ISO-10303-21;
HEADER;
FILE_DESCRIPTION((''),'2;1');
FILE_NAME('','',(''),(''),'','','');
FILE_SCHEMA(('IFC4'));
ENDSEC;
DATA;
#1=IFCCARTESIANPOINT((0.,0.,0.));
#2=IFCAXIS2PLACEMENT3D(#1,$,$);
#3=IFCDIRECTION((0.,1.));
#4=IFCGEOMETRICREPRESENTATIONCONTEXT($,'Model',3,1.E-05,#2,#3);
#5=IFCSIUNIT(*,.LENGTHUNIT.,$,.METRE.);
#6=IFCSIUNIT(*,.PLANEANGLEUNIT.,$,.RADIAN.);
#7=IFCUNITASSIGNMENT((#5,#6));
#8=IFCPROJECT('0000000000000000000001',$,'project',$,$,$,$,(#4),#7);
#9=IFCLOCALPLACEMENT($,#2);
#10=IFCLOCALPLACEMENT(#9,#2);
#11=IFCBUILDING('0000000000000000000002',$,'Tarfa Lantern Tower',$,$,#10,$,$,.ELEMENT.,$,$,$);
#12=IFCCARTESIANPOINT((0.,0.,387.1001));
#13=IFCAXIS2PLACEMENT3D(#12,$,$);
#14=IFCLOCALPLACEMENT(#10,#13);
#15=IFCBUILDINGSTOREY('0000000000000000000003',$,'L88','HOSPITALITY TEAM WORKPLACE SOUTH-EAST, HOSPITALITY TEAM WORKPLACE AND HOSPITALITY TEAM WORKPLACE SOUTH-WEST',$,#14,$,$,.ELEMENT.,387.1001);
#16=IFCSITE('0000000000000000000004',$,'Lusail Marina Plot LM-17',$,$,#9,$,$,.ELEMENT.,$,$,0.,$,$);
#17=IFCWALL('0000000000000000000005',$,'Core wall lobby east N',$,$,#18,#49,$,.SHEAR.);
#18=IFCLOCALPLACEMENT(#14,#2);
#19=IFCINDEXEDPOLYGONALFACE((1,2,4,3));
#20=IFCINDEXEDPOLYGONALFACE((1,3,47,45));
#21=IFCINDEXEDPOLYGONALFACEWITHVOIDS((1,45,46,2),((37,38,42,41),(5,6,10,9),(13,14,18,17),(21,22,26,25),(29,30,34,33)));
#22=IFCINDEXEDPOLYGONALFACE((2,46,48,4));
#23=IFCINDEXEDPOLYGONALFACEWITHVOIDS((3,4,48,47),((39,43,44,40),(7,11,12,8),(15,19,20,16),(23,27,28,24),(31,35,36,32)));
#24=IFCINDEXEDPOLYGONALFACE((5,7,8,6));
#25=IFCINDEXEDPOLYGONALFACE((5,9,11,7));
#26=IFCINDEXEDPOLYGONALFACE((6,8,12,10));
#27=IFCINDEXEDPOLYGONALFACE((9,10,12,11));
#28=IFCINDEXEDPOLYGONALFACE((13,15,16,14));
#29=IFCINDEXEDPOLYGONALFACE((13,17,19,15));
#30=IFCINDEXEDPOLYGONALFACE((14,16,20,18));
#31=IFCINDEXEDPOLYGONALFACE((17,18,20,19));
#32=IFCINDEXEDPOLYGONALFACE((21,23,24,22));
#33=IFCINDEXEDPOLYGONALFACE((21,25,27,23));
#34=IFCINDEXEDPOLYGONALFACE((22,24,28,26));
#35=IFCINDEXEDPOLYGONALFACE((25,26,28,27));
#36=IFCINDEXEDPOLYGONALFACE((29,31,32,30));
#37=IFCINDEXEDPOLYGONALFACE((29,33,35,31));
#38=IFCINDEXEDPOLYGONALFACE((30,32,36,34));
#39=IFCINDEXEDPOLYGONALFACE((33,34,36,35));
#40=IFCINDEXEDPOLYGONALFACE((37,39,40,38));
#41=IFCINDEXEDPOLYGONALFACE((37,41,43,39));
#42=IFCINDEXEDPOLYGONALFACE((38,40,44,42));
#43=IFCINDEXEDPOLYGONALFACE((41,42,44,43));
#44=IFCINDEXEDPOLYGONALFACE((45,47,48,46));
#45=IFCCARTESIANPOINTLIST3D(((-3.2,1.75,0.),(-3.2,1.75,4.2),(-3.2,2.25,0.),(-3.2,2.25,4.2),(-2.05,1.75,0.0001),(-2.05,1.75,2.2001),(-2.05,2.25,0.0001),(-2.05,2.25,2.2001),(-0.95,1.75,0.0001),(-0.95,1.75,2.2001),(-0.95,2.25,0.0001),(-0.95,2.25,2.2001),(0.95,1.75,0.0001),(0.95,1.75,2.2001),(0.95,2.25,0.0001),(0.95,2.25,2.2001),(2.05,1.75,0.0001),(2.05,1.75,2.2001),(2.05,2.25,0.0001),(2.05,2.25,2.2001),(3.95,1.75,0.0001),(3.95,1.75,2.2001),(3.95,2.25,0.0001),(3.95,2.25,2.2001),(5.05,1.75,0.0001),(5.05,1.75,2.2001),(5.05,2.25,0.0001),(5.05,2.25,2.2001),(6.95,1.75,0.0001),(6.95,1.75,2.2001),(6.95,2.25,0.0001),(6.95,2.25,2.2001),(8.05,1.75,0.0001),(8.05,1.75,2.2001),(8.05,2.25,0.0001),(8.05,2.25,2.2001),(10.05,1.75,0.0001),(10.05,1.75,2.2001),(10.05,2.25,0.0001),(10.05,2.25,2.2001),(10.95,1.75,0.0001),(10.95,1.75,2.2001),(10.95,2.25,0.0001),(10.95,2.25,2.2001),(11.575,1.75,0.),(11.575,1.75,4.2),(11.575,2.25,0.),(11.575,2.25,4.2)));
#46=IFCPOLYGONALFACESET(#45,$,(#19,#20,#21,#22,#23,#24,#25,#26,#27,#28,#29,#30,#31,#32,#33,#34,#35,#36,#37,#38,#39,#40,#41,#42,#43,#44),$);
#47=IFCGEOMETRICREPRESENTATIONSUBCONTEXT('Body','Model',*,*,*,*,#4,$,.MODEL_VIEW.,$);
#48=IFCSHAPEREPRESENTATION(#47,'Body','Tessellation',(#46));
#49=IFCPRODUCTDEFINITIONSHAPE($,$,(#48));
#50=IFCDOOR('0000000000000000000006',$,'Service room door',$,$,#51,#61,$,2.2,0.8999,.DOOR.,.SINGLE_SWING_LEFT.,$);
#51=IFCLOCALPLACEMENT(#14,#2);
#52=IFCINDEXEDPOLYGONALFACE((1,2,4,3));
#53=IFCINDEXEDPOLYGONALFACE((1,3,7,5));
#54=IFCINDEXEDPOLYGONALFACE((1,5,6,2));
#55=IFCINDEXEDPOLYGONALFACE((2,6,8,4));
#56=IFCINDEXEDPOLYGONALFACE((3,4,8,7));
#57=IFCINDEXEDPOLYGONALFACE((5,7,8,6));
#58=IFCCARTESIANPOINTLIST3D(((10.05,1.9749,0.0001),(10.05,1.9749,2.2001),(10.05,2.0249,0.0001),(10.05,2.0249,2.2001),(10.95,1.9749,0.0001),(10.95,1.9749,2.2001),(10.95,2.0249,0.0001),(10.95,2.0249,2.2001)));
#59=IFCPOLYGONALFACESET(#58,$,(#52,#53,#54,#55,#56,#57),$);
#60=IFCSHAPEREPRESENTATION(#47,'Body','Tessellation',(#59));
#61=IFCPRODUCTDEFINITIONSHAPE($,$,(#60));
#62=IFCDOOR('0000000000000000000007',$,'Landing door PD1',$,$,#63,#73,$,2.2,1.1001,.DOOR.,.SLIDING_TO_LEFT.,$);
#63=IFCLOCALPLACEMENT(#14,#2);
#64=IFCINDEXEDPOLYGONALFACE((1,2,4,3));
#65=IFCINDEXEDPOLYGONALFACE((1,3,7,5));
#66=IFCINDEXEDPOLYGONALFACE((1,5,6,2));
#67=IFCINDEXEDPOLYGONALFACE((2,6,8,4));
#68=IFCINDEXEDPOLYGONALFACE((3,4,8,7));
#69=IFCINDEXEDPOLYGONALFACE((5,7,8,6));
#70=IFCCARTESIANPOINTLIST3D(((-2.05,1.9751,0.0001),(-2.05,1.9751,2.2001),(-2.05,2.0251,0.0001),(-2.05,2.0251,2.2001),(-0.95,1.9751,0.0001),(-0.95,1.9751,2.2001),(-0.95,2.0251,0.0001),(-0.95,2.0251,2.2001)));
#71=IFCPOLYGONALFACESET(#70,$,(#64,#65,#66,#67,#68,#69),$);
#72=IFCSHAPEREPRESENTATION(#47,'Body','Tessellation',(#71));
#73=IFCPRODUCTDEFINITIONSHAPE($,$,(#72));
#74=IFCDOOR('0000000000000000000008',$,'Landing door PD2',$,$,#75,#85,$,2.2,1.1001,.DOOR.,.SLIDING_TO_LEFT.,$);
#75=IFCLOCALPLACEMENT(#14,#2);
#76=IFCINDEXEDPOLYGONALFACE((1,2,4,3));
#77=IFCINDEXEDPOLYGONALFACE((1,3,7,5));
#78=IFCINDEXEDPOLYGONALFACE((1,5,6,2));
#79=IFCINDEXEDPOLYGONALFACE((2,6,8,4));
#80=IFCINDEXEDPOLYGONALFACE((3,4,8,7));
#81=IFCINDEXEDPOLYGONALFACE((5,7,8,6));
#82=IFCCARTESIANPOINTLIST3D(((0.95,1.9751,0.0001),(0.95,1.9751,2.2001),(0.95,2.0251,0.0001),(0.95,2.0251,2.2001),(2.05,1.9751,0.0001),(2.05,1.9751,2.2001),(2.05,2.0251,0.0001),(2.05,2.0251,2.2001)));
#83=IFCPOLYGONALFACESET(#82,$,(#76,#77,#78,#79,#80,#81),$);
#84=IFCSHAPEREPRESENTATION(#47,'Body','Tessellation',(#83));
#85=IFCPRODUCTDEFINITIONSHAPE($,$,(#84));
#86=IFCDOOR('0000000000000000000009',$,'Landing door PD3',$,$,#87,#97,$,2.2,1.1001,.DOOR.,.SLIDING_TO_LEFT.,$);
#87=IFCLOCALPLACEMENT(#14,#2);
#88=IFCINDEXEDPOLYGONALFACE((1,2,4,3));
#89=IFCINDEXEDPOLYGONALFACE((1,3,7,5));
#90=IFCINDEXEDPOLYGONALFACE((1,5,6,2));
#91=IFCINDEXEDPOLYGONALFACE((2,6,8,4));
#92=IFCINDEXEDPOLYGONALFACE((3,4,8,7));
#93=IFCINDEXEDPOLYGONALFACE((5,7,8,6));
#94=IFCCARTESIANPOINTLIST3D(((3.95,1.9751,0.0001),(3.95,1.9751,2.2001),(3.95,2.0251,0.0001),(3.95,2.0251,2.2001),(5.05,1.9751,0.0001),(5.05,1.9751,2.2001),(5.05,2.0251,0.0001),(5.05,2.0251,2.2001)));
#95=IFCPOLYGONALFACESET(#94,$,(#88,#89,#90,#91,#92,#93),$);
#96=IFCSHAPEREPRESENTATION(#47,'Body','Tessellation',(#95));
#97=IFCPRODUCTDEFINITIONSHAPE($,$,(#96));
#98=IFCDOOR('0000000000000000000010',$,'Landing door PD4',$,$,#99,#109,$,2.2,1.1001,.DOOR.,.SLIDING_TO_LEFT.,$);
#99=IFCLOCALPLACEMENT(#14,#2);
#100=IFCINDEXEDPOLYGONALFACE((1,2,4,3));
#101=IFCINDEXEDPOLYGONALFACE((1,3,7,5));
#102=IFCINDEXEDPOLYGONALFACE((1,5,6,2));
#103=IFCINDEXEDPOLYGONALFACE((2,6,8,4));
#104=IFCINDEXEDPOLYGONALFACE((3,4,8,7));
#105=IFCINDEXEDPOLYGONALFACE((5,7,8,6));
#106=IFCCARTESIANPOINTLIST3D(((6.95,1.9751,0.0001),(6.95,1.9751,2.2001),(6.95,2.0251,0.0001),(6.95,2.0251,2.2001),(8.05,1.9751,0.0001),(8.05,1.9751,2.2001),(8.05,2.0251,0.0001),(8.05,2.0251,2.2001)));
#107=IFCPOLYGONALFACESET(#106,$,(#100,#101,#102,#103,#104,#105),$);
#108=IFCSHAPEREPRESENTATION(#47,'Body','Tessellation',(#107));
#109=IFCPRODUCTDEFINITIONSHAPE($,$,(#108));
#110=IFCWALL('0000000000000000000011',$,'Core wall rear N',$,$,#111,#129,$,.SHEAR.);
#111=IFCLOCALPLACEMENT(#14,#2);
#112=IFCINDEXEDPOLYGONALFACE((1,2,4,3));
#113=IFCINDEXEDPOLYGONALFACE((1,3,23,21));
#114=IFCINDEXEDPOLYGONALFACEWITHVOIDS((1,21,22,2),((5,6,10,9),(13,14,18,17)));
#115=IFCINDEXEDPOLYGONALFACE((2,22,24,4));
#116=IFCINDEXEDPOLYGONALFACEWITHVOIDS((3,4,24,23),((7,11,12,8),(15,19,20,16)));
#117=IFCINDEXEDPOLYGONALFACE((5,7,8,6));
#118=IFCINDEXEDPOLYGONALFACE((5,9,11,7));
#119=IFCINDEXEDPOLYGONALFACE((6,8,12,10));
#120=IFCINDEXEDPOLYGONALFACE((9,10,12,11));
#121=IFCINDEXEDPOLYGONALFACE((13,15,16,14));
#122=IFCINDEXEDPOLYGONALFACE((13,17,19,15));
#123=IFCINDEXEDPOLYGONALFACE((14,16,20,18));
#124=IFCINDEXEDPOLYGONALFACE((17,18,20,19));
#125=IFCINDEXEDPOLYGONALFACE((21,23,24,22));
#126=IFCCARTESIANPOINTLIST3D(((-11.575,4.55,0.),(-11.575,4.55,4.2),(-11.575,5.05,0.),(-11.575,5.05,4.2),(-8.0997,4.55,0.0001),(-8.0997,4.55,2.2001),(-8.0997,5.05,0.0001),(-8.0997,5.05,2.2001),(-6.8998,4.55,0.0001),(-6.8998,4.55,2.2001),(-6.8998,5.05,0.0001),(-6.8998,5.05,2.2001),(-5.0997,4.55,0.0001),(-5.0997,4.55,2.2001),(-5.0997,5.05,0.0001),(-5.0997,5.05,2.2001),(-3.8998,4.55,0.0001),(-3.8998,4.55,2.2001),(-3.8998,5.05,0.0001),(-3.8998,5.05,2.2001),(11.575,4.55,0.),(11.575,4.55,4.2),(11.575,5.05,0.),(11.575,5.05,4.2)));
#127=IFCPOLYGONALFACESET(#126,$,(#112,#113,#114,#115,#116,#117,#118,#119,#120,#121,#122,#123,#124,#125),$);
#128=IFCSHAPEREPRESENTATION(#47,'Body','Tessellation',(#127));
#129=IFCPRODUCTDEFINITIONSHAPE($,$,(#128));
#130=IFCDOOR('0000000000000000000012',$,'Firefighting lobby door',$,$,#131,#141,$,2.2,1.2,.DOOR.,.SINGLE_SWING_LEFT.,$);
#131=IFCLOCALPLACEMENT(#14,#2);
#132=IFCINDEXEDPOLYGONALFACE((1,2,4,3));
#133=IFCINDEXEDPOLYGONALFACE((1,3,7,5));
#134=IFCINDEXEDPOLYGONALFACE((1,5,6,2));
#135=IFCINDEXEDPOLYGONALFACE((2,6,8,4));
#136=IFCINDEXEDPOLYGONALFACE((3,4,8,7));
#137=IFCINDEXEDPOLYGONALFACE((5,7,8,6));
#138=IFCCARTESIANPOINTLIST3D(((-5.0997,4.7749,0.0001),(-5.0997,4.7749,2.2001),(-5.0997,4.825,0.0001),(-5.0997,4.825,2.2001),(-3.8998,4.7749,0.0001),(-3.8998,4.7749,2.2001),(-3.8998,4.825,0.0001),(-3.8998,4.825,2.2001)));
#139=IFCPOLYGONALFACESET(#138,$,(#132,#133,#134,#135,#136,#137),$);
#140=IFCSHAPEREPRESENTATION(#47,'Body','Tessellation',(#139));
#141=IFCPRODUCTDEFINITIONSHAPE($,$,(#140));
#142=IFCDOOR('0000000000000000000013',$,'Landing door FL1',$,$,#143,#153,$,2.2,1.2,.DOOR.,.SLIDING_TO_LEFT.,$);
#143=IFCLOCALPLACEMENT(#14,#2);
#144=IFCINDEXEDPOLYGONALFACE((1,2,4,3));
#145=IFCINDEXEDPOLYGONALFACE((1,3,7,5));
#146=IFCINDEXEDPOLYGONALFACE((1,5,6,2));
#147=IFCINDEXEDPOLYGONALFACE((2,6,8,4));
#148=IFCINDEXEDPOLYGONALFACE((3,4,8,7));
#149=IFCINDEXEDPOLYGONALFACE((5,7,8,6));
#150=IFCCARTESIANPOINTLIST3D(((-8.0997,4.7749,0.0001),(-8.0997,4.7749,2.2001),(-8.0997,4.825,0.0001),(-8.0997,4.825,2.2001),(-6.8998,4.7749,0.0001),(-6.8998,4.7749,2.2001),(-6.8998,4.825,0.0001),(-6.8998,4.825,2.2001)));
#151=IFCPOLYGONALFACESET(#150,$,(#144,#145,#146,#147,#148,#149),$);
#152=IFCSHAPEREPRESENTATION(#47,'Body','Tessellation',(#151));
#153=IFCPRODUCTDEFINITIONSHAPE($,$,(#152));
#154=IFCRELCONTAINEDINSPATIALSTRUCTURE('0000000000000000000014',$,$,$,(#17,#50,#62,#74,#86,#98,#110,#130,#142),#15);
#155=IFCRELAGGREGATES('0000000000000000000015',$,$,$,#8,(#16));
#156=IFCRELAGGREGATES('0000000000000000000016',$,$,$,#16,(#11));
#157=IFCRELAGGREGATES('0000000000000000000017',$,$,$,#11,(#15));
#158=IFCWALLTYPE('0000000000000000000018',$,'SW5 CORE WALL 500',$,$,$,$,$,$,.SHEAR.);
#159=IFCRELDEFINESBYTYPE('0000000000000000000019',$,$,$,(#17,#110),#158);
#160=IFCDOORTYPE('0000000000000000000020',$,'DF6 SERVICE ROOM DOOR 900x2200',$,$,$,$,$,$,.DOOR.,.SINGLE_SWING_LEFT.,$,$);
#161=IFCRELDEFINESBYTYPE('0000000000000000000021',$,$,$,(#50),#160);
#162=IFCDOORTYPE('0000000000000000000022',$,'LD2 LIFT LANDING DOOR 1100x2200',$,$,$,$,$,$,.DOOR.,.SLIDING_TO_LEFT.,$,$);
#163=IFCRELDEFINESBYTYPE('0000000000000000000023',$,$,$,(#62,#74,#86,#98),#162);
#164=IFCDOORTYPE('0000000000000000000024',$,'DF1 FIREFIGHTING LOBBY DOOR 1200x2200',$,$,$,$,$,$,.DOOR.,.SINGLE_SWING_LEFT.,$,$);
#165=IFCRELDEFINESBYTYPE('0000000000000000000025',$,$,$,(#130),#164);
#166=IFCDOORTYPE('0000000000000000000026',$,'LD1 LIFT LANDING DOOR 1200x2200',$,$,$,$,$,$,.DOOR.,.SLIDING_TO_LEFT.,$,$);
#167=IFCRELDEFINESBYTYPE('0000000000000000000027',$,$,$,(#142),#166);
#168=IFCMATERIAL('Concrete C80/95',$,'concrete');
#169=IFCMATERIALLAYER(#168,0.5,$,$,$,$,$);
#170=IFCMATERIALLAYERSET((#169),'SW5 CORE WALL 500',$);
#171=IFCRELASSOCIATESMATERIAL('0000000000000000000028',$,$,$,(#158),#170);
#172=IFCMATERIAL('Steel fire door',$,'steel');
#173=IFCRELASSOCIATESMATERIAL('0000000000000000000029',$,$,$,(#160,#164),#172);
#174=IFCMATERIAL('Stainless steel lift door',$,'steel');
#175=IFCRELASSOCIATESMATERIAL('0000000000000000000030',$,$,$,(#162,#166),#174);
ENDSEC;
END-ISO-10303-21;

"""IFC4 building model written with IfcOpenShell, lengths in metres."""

from ifc_helpers import new_model, si_unit, direction, frame, frame_2d, origin, place, context, subcontext, project, spatial, rectangle, extrude, material, layer, layer_set, type_object, element, fill, save


model = new_model("IFC4")

# Units and contexts
model_context = context("Model", 3, precision=1e-05, world=origin(), true_north=direction((0.0, 1.0)))
body_context = subcontext(model_context, "Body", "Model", "MODEL_VIEW")
ifc_project = project(units=[si_unit("LENGTHUNIT", "METRE"), si_unit("PLANEANGLEUNIT", "RADIAN")], contexts=[model_context])

# Site, building, storey
site_placement = place(None, origin())
site = spatial("IfcSite", under=ifc_project, at=site_placement, Name="Lusail Marina Plot LM-17", CompositionType="ELEMENT", RefElevation=0.0)
building_placement = place(site_placement, origin())
building = spatial("IfcBuilding", under=site, at=building_placement, Name="Tarfa Lantern Tower", CompositionType="ELEMENT")
storey_placement = place(building_placement, frame((0.0, 0.0, 387.1001)))
storey = spatial("IfcBuildingStorey", under=building, at=storey_placement, Name="L88", Description="HOSPITALITY TEAM WORKPLACE SOUTH-EAST, HOSPITALITY TEAM WORKPLACE AND HOSPITALITY TEAM WORKPLACE SOUTH-WEST", CompositionType="ELEMENT", Elevation=387.1001)

# Shared definitions
ifc_material_1 = material(Name="Concrete C80/95", Category="concrete")

# Shared definitions
ifc_material_2 = material(Name="Steel fire door", Category="steel")
ifc_layer_1 = layer(ifc_material_1, 0.5)
ifc_layer_set_1 = layer_set([ifc_layer_1], Name="SW5 CORE WALL 500")
wall_type_1 = type_object("IfcWallType", Name="SW5 CORE WALL 500", PredefinedType="SHEAR", material=ifc_layer_set_1)
door_type_1 = type_object("IfcDoorType", Name="DF6 SERVICE ROOM DOOR 900x2200", OperationType="SINGLE_SWING_LEFT", PredefinedType="DOOR", material=ifc_material_2)

# Walls, openings, doors
wall_1_placement = place(storey_placement, frame((-3.2, 2.0, 0.0), z_axis=(0.0, 0.0, 1.0), x_axis=(1.0, 0.0, 0.0)))
wall_1 = element("IfcWall", 1, at=wall_1_placement, inside=storey, type_object=wall_type_1, Name="Core wall lobby east N", PredefinedType="SHEAR", context=body_context, shape_type="SweptSolid", body=[
    extrude(rectangle(XDim=14.7749, YDim=0.5, at=frame_2d((7.3875, 0.0))), origin(), (0.0, 0.0, 1.0), 4.2),
])
opening_1_placement = place(wall_1_placement, frame((13.25, 0.0, 0.0)))
opening_1 = element("IfcOpeningElement", 2, at=opening_1_placement, cuts=wall_1, PredefinedType="OPENING", context=body_context, shape_type="SweptSolid", body=[
    extrude(rectangle(XDim=0.8999, YDim=2.2, at=frame_2d((0.45, 1.1001))), frame((0.0, 0.26, 0.0), z_axis=(0.0, -1.0, 0.0), x_axis=(1.0, 0.0, 0.0)), (0.0, 0.0, 1.0), 0.52),
])
opening_2_placement = place(wall_1_placement, frame((1.1499, 0.0, 0.0)))
opening_2 = element("IfcOpeningElement", 3, at=opening_2_placement, cuts=wall_1, PredefinedType="OPENING", context=body_context, shape_type="SweptSolid", body=[
    extrude(rectangle(XDim=1.1001, YDim=2.2, at=frame_2d((0.55, 1.1001))), frame((0.0, 0.26, 0.0), z_axis=(0.0, -1.0, 0.0), x_axis=(1.0, 0.0, 0.0)), (0.0, 0.0, 1.0), 0.52),
])
opening_3_placement = place(wall_1_placement, frame((4.1499, 0.0, 0.0)))
opening_3 = element("IfcOpeningElement", 4, at=opening_3_placement, cuts=wall_1, PredefinedType="OPENING", context=body_context, shape_type="SweptSolid", body=[
    extrude(rectangle(XDim=1.1001, YDim=2.2, at=frame_2d((0.55, 1.1001))), frame((0.0, 0.26, 0.0), z_axis=(0.0, -1.0, 0.0), x_axis=(1.0, 0.0, 0.0)), (0.0, 0.0, 1.0), 0.52),
])
opening_4_placement = place(wall_1_placement, frame((7.1499, 0.0, 0.0)))
opening_4 = element("IfcOpeningElement", 5, at=opening_4_placement, cuts=wall_1, PredefinedType="OPENING", context=body_context, shape_type="SweptSolid", body=[
    extrude(rectangle(XDim=1.1001, YDim=2.2, at=frame_2d((0.55, 1.1001))), frame((0.0, 0.26, 0.0), z_axis=(0.0, -1.0, 0.0), x_axis=(1.0, 0.0, 0.0)), (0.0, 0.0, 1.0), 0.52),
])
opening_5_placement = place(wall_1_placement, frame((10.1499, 0.0, 0.0)))
opening_5 = element("IfcOpeningElement", 6, at=opening_5_placement, cuts=wall_1, PredefinedType="OPENING", context=body_context, shape_type="SweptSolid", body=[
    extrude(rectangle(XDim=1.1001, YDim=2.2, at=frame_2d((0.55, 1.1001))), frame((0.0, 0.26, 0.0), z_axis=(0.0, -1.0, 0.0), x_axis=(1.0, 0.0, 0.0)), (0.0, 0.0, 1.0), 0.52),
])
door_1_placement = place(opening_1_placement, origin())
door_1 = element("IfcDoor", 7, at=door_1_placement, inside=storey, type_object=door_type_1, Name="Service room door", OperationType="SINGLE_SWING_LEFT", OverallHeight=2.2, OverallWidth=0.8999, PredefinedType="DOOR", context=body_context, shape_type="SweptSolid", body=[
    extrude(rectangle(XDim=0.8999, YDim=2.2, at=frame_2d((0.45, 1.1001))), frame((0.0, 0.0249, 0.0), z_axis=(0.0, -1.0, 0.0), x_axis=(1.0, 0.0, 0.0)), (0.0, 0.0, 1.0), 0.05),
])
fill(opening_1, door_1)
ifc_material_3 = material(Name="Stainless steel lift door", Category="steel")
door_type_2 = type_object("IfcDoorType", Name="LD2 LIFT LANDING DOOR 1100x2200", OperationType="SLIDING_TO_LEFT", PredefinedType="DOOR", material=ifc_material_3)
door_2_placement = place(opening_2_placement, frame((1.1001, 0.0, 0.0), z_axis=(0.0, 0.0, 1.0), x_axis=(-1.0, 0.0, 0.0)))
door_2 = element("IfcDoor", 8, at=door_2_placement, inside=storey, type_object=door_type_2, Name="Landing door PD1", OperationType="SLIDING_TO_LEFT", OverallHeight=2.2, OverallWidth=1.1001, PredefinedType="DOOR", context=body_context, shape_type="SweptSolid", body=[
    extrude(rectangle(XDim=1.1001, YDim=2.2, at=frame_2d((0.55, 1.1001))), frame((0.0, 0.0249, 0.0), z_axis=(0.0, -1.0, 0.0), x_axis=(1.0, 0.0, 0.0)), (0.0, 0.0, 1.0), 0.05),
])
fill(opening_2, door_2)
door_3_placement = place(opening_3_placement, frame((1.1001, 0.0, 0.0), z_axis=(0.0, 0.0, 1.0), x_axis=(-1.0, 0.0, 0.0)))
door_3 = element("IfcDoor", 9, at=door_3_placement, inside=storey, type_object=door_type_2, Name="Landing door PD2", OperationType="SLIDING_TO_LEFT", OverallHeight=2.2, OverallWidth=1.1001, PredefinedType="DOOR", context=body_context, shape_type="SweptSolid", body=[
    extrude(rectangle(XDim=1.1001, YDim=2.2, at=frame_2d((0.55, 1.1001))), frame((0.0, 0.0249, 0.0), z_axis=(0.0, -1.0, 0.0), x_axis=(1.0, 0.0, 0.0)), (0.0, 0.0, 1.0), 0.05),
])
fill(opening_3, door_3)
door_4_placement = place(opening_4_placement, frame((1.1001, 0.0, 0.0), z_axis=(0.0, 0.0, 1.0), x_axis=(-1.0, 0.0, 0.0)))
door_4 = element("IfcDoor", 10, at=door_4_placement, inside=storey, type_object=door_type_2, Name="Landing door PD3", OperationType="SLIDING_TO_LEFT", OverallHeight=2.2, OverallWidth=1.1001, PredefinedType="DOOR", context=body_context, shape_type="SweptSolid", body=[
    extrude(rectangle(XDim=1.1001, YDim=2.2, at=frame_2d((0.55, 1.1001))), frame((0.0, 0.0249, 0.0), z_axis=(0.0, -1.0, 0.0), x_axis=(1.0, 0.0, 0.0)), (0.0, 0.0, 1.0), 0.05),
])
fill(opening_4, door_4)
door_5_placement = place(opening_5_placement, frame((1.1001, 0.0, 0.0), z_axis=(0.0, 0.0, 1.0), x_axis=(-1.0, 0.0, 0.0)))
door_5 = element("IfcDoor", 11, at=door_5_placement, inside=storey, type_object=door_type_2, Name="Landing door PD4", OperationType="SLIDING_TO_LEFT", OverallHeight=2.2, OverallWidth=1.1001, PredefinedType="DOOR", context=body_context, shape_type="SweptSolid", body=[
    extrude(rectangle(XDim=1.1001, YDim=2.2, at=frame_2d((0.55, 1.1001))), frame((0.0, 0.0249, 0.0), z_axis=(0.0, -1.0, 0.0), x_axis=(1.0, 0.0, 0.0)), (0.0, 0.0, 1.0), 0.05),
])
fill(opening_5, door_5)
wall_2_placement = place(storey_placement, frame((-11.575, 4.8, 0.0), z_axis=(0.0, 0.0, 1.0), x_axis=(1.0, 0.0, 0.0)))
wall_2 = element("IfcWall", 12, at=wall_2_placement, inside=storey, type_object=wall_type_1, Name="Core wall rear N", PredefinedType="SHEAR", context=body_context, shape_type="SweptSolid", body=[
    extrude(rectangle(XDim=23.1499, YDim=0.5, at=frame_2d((11.575, 0.0))), origin(), (0.0, 0.0, 1.0), 4.2),
])
opening_6_placement = place(wall_2_placement, frame((6.4751, 0.0, 0.0)))
opening_6 = element("IfcOpeningElement", 13, at=opening_6_placement, cuts=wall_2, PredefinedType="OPENING", context=body_context, shape_type="SweptSolid", body=[
    extrude(rectangle(XDim=1.2, YDim=2.2, at=frame_2d((0.6001, 1.1001))), frame((0.0, 0.26, 0.0), z_axis=(0.0, -1.0, 0.0), x_axis=(1.0, 0.0, 0.0)), (0.0, 0.0, 1.0), 0.52),
])
opening_7_placement = place(wall_2_placement, frame((3.4751, 0.0, 0.0)))
opening_7 = element("IfcOpeningElement", 14, at=opening_7_placement, cuts=wall_2, PredefinedType="OPENING", context=body_context, shape_type="SweptSolid", body=[
    extrude(rectangle(XDim=1.2, YDim=2.2, at=frame_2d((0.6001, 1.1001))), frame((0.0, 0.26, 0.0), z_axis=(0.0, -1.0, 0.0), x_axis=(1.0, 0.0, 0.0)), (0.0, 0.0, 1.0), 0.52),
])
door_type_3 = type_object("IfcDoorType", Name="DF1 FIREFIGHTING LOBBY DOOR 1200x2200", OperationType="SINGLE_SWING_LEFT", PredefinedType="DOOR", material=ifc_material_2)
door_6_placement = place(opening_6_placement, origin())
door_6 = element("IfcDoor", 15, at=door_6_placement, inside=storey, type_object=door_type_3, Name="Firefighting lobby door", OperationType="SINGLE_SWING_LEFT", OverallHeight=2.2, OverallWidth=1.2, PredefinedType="DOOR", context=body_context, shape_type="SweptSolid", body=[
    extrude(rectangle(XDim=1.2, YDim=2.2, at=frame_2d((0.6001, 1.1001))), frame((0.0, 0.0249, 0.0), z_axis=(0.0, -1.0, 0.0), x_axis=(1.0, 0.0, 0.0)), (0.0, 0.0, 1.0), 0.05),
])
fill(opening_6, door_6)
door_type_4 = type_object("IfcDoorType", Name="LD1 LIFT LANDING DOOR 1200x2200", OperationType="SLIDING_TO_LEFT", PredefinedType="DOOR", material=ifc_material_3)
door_7_placement = place(opening_7_placement, origin())
door_7 = element("IfcDoor", 16, at=door_7_placement, inside=storey, type_object=door_type_4, Name="Landing door FL1", OperationType="SLIDING_TO_LEFT", OverallHeight=2.2, OverallWidth=1.2, PredefinedType="DOOR", context=body_context, shape_type="SweptSolid", body=[
    extrude(rectangle(XDim=1.2, YDim=2.2, at=frame_2d((0.6001, 1.1001))), frame((0.0, 0.0249, 0.0), z_axis=(0.0, -1.0, 0.0), x_axis=(1.0, 0.0, 0.0)), (0.0, 0.0, 1.0), 0.05),
])
fill(opening_7, door_7)

save(model, "model.ifc")
